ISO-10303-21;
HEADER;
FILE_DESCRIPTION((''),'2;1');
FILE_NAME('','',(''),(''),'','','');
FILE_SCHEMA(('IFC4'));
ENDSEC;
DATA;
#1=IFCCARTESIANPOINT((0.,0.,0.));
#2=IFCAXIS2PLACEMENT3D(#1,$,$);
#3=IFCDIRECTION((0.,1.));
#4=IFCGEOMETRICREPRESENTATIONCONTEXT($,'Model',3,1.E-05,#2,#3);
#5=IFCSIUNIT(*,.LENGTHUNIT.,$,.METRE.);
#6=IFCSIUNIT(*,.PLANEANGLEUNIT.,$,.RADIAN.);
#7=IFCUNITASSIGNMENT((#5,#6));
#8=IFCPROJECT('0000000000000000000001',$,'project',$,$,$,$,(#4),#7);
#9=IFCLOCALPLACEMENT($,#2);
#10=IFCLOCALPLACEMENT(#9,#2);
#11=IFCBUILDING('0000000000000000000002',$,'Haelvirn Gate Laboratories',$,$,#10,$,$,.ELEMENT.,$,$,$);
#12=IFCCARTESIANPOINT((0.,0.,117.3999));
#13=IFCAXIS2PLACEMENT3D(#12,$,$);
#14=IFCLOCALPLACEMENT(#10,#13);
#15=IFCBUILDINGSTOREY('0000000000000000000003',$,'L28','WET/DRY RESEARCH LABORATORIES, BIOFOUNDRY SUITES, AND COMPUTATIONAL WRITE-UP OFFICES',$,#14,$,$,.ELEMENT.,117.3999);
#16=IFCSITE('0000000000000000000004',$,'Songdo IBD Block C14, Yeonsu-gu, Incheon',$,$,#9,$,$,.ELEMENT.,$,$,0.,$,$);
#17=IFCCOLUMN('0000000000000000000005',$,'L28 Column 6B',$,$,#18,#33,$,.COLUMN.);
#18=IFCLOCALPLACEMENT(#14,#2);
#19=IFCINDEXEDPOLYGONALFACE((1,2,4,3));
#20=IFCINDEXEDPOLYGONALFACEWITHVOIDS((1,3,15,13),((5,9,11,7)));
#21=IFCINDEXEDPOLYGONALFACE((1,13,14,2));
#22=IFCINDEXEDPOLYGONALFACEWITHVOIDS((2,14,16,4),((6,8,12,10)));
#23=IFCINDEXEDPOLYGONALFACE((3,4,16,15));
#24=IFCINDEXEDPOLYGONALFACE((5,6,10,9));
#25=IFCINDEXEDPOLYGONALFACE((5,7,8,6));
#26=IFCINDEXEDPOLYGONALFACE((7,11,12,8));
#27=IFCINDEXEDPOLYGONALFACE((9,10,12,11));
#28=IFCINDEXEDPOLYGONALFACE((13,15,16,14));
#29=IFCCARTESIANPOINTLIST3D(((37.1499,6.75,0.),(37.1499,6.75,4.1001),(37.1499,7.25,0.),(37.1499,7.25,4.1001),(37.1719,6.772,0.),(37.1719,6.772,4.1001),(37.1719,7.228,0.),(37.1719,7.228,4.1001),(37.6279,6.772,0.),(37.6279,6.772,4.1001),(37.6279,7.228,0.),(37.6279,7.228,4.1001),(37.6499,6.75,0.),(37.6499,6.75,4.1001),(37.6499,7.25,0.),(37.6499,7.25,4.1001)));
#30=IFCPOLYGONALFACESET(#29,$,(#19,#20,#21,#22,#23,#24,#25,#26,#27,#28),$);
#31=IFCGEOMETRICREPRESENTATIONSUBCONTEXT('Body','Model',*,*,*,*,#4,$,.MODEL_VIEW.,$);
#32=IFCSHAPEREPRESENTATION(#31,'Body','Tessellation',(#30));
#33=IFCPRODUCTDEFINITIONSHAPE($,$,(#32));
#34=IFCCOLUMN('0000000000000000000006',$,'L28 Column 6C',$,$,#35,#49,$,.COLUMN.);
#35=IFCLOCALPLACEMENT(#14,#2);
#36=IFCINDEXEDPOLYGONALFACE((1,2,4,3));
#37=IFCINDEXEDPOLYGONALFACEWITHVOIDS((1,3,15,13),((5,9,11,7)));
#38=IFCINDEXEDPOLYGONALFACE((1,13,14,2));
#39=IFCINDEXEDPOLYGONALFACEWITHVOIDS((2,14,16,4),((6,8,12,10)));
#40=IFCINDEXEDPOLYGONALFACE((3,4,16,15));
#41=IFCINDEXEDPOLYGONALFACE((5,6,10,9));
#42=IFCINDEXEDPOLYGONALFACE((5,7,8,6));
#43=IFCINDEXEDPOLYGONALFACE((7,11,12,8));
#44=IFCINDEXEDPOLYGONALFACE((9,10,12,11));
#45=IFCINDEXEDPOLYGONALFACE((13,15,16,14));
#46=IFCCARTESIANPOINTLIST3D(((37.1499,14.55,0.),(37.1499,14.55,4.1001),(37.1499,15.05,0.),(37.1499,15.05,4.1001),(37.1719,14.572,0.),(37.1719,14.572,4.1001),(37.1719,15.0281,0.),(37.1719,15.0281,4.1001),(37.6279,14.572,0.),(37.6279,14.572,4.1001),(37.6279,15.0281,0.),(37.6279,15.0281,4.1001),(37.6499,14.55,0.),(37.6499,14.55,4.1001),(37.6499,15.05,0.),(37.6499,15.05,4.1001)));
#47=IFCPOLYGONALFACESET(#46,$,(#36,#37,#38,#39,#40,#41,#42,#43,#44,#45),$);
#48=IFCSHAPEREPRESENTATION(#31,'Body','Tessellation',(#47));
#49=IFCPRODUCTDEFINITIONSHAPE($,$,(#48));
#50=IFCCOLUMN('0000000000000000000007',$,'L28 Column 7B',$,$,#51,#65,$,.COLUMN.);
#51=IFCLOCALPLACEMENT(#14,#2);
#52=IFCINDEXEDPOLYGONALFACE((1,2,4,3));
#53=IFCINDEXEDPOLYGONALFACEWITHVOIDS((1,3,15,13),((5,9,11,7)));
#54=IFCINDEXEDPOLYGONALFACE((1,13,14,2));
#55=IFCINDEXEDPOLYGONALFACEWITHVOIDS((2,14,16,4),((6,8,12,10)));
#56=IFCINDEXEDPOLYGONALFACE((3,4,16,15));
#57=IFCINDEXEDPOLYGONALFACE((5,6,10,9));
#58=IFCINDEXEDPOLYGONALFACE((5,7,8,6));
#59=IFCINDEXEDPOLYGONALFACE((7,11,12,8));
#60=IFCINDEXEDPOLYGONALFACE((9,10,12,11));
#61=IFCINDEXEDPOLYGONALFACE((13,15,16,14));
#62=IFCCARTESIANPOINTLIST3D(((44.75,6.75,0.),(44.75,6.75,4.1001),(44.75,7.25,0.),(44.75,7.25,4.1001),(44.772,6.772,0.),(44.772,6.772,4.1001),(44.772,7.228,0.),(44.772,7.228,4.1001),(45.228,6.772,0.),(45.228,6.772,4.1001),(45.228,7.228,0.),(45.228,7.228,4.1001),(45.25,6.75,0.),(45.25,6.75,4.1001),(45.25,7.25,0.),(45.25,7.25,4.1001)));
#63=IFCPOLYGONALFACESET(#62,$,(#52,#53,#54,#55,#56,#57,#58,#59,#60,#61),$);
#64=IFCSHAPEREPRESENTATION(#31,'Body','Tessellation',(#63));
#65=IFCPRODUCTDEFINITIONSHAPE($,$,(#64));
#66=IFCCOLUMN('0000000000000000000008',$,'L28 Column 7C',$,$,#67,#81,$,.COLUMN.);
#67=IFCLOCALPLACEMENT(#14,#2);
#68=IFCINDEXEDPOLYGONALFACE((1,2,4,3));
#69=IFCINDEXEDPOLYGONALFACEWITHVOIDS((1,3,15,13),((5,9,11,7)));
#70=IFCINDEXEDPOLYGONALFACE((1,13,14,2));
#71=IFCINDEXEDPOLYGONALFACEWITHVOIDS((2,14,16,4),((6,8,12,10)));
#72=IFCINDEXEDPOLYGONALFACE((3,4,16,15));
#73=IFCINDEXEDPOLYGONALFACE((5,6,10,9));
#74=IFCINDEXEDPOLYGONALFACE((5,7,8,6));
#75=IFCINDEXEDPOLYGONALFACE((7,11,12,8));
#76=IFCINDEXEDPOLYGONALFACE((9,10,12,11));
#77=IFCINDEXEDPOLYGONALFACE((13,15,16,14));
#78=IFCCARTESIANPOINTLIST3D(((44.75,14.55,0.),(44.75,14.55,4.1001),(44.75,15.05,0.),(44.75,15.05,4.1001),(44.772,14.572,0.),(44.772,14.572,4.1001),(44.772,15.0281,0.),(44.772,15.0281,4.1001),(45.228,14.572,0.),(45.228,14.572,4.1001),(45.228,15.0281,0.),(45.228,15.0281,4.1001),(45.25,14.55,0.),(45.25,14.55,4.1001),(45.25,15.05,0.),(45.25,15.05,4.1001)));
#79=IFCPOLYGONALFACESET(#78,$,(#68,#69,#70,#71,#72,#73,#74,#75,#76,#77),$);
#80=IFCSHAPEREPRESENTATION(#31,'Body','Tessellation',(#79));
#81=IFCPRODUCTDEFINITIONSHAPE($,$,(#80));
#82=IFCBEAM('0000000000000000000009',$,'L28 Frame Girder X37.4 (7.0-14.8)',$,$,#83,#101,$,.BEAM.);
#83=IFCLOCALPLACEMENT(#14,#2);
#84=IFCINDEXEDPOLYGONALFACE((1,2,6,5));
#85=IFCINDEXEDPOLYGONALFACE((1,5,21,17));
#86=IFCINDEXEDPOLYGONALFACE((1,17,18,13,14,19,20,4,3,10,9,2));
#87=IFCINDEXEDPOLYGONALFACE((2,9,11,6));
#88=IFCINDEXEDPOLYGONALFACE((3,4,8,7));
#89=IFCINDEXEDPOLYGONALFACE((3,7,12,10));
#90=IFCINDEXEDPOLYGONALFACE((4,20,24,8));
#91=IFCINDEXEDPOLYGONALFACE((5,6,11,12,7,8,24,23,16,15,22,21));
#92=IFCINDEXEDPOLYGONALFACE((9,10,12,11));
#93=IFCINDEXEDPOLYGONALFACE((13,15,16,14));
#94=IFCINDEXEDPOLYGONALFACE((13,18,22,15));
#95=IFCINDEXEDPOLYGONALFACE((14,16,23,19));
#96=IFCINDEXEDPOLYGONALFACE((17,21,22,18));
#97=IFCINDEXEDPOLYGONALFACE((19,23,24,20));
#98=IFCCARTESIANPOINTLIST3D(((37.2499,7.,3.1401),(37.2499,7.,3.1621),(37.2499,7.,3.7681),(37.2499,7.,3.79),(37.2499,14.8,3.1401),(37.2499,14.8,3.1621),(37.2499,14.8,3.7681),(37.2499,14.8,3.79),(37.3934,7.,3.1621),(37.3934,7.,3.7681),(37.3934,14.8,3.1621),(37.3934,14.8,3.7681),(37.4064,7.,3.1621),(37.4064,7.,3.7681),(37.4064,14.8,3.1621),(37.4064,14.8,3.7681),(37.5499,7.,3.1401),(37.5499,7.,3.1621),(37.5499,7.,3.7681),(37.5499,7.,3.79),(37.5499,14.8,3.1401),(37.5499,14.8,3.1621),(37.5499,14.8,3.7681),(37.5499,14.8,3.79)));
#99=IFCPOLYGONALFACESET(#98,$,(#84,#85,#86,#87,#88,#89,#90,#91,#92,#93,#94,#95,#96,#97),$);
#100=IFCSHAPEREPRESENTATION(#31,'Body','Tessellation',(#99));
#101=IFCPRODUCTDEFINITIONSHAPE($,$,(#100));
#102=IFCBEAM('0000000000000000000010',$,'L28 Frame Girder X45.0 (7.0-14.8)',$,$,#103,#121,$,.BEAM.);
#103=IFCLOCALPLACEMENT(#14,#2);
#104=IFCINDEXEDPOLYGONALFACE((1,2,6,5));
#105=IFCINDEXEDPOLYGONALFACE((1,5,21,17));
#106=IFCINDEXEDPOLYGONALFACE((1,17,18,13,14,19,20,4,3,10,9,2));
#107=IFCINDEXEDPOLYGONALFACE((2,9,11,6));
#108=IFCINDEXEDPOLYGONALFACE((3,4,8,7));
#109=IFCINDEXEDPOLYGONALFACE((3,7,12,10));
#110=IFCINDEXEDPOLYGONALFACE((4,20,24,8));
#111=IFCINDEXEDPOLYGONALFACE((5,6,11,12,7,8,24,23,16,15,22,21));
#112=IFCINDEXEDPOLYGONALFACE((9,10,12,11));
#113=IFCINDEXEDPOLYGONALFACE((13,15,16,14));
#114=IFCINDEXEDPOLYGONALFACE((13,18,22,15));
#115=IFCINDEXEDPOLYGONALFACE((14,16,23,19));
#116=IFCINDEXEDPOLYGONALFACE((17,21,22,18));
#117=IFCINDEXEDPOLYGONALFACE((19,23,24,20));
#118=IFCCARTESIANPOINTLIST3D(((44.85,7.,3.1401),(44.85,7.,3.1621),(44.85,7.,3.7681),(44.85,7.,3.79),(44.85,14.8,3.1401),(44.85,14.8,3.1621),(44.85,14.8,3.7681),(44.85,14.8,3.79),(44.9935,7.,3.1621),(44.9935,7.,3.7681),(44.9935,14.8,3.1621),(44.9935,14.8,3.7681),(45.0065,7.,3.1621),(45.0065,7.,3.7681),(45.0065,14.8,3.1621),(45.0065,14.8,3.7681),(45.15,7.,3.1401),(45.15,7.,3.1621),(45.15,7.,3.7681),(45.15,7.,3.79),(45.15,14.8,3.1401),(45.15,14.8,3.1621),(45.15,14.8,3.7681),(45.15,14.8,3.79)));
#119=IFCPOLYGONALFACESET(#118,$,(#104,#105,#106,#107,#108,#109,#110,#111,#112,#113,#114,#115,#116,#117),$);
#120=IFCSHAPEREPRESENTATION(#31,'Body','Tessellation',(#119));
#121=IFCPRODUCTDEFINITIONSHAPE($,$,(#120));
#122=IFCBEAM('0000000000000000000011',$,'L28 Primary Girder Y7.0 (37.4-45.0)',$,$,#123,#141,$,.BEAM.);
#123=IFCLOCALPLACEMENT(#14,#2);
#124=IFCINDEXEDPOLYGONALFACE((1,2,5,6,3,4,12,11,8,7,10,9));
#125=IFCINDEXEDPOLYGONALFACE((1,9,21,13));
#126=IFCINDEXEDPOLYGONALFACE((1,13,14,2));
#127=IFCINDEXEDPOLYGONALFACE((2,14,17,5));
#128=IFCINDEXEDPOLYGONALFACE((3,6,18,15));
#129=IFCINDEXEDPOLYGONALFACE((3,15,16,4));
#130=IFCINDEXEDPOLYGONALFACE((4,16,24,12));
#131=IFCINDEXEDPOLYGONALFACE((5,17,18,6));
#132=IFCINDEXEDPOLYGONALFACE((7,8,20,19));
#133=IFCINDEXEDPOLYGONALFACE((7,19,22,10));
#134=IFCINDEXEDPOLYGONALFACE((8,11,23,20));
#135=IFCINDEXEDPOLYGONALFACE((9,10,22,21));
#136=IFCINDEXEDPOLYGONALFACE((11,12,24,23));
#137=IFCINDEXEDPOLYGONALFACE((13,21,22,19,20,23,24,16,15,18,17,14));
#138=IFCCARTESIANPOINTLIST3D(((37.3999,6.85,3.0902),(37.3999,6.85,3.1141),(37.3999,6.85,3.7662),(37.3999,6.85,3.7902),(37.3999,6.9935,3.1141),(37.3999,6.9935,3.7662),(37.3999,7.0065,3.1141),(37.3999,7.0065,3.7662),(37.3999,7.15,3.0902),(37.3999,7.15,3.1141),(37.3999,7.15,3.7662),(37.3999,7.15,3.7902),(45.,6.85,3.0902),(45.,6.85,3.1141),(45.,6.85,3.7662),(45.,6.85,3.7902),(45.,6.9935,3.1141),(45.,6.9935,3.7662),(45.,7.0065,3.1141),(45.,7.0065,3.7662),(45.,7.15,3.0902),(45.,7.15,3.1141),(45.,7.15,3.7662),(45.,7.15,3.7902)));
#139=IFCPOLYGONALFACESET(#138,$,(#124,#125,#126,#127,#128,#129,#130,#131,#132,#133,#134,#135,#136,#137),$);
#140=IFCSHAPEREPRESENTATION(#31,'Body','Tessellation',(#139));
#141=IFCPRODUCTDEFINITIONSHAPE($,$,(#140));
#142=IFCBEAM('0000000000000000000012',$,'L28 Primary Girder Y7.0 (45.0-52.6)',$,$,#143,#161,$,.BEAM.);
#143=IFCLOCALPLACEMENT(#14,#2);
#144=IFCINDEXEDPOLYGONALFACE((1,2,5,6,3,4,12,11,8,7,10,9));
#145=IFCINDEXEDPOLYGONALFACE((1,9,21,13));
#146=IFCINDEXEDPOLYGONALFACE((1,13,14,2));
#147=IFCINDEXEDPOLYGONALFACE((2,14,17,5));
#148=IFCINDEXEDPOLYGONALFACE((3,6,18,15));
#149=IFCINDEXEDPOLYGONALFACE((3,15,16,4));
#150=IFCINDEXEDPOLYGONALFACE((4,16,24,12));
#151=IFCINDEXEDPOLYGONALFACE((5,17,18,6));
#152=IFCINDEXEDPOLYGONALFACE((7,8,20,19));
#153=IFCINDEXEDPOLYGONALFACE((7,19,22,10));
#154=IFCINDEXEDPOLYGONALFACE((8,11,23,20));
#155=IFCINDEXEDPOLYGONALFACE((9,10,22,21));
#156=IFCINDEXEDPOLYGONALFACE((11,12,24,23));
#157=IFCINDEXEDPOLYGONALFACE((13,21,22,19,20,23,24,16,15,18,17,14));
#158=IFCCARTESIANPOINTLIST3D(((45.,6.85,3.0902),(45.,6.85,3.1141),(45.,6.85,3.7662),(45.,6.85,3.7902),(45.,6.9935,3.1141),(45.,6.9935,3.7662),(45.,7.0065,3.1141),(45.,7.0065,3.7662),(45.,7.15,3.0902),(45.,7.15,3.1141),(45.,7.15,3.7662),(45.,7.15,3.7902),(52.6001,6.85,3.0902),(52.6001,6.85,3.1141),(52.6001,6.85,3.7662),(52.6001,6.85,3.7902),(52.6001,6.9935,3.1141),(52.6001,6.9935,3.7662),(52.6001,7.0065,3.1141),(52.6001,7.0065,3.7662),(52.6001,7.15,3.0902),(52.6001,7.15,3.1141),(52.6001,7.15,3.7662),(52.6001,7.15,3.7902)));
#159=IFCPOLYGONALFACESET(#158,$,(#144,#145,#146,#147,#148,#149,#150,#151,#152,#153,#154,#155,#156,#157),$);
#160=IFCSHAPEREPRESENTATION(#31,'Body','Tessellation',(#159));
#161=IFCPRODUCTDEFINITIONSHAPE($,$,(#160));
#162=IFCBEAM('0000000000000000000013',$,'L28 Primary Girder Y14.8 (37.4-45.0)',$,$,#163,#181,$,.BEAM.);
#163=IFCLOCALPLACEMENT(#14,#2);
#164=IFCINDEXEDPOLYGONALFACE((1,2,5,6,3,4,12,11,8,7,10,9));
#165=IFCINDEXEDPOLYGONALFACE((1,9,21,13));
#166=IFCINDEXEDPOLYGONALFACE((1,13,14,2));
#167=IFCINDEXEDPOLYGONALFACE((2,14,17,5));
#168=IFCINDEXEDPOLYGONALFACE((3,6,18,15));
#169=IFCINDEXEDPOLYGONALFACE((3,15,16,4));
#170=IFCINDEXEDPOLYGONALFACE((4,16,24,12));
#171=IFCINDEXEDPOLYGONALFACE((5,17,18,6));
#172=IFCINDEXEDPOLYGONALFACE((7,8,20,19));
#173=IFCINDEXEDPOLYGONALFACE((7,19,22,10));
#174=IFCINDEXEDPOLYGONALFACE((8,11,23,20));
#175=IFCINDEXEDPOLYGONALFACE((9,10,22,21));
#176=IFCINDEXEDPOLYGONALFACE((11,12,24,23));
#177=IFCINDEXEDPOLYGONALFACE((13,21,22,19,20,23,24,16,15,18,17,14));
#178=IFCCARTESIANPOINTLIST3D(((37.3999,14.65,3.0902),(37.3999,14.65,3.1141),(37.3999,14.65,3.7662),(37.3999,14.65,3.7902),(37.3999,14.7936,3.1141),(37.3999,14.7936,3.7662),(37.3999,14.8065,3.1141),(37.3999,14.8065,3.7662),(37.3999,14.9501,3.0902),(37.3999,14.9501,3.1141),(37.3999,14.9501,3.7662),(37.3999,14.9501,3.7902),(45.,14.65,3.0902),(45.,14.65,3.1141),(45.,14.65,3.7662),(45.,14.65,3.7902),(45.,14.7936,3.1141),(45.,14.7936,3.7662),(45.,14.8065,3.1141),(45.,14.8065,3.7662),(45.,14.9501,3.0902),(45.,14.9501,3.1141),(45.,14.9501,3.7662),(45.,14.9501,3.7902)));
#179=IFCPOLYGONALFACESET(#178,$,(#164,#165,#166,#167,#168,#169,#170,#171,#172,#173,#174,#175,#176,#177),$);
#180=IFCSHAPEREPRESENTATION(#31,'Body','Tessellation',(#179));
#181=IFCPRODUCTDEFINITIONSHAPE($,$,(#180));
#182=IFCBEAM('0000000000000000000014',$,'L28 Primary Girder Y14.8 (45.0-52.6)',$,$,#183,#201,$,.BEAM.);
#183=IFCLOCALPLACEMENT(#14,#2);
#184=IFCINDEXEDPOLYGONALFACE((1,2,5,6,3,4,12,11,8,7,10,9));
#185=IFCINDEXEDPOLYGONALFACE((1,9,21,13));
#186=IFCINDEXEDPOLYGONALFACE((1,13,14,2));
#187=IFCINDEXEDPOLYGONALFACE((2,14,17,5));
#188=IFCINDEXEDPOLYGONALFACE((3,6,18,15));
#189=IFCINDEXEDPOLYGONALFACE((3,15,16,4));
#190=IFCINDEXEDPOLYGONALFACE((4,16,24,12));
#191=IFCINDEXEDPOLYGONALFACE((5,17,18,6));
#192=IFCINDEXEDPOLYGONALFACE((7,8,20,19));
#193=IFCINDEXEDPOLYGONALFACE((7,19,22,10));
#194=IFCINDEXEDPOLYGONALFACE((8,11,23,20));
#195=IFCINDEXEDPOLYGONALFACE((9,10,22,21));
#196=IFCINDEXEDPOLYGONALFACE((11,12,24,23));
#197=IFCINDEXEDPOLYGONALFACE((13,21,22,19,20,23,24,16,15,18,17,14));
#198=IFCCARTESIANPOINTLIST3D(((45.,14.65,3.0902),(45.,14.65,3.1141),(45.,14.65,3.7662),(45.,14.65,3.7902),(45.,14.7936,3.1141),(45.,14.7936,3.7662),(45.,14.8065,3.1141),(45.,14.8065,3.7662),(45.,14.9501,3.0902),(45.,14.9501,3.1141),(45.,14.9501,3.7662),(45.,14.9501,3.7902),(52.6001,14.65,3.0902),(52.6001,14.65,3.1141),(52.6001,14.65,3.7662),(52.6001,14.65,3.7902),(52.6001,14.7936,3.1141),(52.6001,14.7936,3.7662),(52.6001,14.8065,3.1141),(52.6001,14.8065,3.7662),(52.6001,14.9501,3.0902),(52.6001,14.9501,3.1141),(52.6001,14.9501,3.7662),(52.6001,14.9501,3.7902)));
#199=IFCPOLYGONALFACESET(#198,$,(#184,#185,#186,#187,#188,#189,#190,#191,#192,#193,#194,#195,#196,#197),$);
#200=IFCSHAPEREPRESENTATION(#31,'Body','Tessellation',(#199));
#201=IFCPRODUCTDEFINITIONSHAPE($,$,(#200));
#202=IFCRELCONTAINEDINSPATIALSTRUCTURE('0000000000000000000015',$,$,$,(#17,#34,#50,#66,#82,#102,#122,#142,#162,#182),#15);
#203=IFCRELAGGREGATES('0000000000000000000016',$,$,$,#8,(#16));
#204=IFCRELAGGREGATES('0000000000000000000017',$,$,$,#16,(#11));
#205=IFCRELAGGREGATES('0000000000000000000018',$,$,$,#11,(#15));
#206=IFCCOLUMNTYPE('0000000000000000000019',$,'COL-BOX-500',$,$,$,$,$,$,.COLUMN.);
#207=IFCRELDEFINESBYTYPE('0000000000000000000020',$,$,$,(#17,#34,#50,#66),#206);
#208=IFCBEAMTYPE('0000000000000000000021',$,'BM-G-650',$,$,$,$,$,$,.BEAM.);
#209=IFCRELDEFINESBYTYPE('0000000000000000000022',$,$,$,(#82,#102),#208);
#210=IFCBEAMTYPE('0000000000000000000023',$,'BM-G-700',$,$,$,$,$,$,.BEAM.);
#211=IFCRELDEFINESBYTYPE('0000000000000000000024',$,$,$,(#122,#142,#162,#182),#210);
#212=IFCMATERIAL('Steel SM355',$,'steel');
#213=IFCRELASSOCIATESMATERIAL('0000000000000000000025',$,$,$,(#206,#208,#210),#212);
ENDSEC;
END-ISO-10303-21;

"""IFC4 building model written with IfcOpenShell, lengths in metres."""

from ifc_helpers import new_model, si_unit, direction, frame, origin, origin_2d, place, context, subcontext, project, spatial, hollow_rectangle, i_section, extrude, source, transform, mapped, material, material_profile, profile_set, type_object, type_shapes, element, save


model = new_model("IFC4")

# Units and contexts
model_context = context("Model", 3, precision=1e-05, world=origin(), true_north=direction((0.0, 1.0)))
body_context = subcontext(model_context, "Body", "Model", "MODEL_VIEW")
ifc_project = project(units=[si_unit("LENGTHUNIT", "METRE"), si_unit("PLANEANGLEUNIT", "RADIAN")], contexts=[model_context])

# Site, building, storey
site_placement = place(None, origin())
site = spatial("IfcSite", under=ifc_project, at=site_placement, Name="Songdo IBD Block C14, Yeonsu-gu, Incheon", CompositionType="ELEMENT", RefElevation=0.0)
building_placement = place(site_placement, origin())
building = spatial("IfcBuilding", under=site, at=building_placement, Name="Haelvirn Gate Laboratories", CompositionType="ELEMENT")
storey_placement = place(building_placement, frame((0.0, 0.0, 117.3999)))
storey = spatial("IfcBuildingStorey", under=building, at=storey_placement, Name="L28", Description="WET/DRY RESEARCH LABORATORIES, BIOFOUNDRY SUITES, AND COMPUTATIONAL WRITE-UP OFFICES", CompositionType="ELEMENT", Elevation=117.3999)

# Columns
ifc_material_1 = material(Name="Steel SM355", Category="steel")
ifc_material_profile_1 = material_profile(ifc_material_1, hollow_rectangle(XDim=0.5, YDim=0.5, WallThickness=0.022, at=origin_2d()), Name="BOX-500x500x22")
ifc_profile_set_1 = profile_set([ifc_material_profile_1], Name="Steel SM355")
column_type = type_object("IfcColumnType", Name="COL-BOX-500", PredefinedType="COLUMN", material=ifc_profile_set_1)
shared_shape_1 = source(origin(), body_context, "Body", "SweptSolid", [
    extrude(hollow_rectangle(XDim=0.5, YDim=0.5, WallThickness=0.022, at=origin_2d()), origin(), (0.0, 0.0, 1.0), 4.1001),
])
type_shapes(column_type, [shared_shape_1])
for number, where, z_axis, x_axis, name in (
    (1, (37.3999, 7.0, 0.0), (0.0, 0.0, 1.0), (1.0, 0.0, 0.0), "L28 Column 6B"),
    (2, (37.3999, 14.8, 0.0), (0.0, 0.0, 1.0), (1.0, 0.0, 0.0), "L28 Column 6C"),
    (3, (45.0, 7.0, 0.0), (0.0, 0.0, 1.0), (1.0, 0.0, 0.0), "L28 Column 7B"),
    (4, (45.0, 14.8, 0.0), (0.0, 0.0, 1.0), (1.0, 0.0, 0.0), "L28 Column 7C"),
):
    element("IfcColumn", number, at=place(storey_placement, frame(where, z_axis=z_axis, x_axis=x_axis)), inside=storey, type_object=column_type, Name=name, PredefinedType="COLUMN", context=body_context, shape_type="MappedRepresentation", body=[
        mapped(shared_shape_1, transform((0.0, 0.0, 0.0), scale=1.0)),
    ])

# Beams
ifc_material_profile_2 = material_profile(ifc_material_1, i_section(OverallWidth=0.3, OverallDepth=0.6499, WebThickness=0.0129, FlangeThickness=0.022, at=origin_2d()), Name="H-650x300x13x22")
ifc_profile_set_2 = profile_set([ifc_material_profile_2], Name="Steel SM355")
beam_type_1 = type_object("IfcBeamType", Name="BM-G-650", PredefinedType="BEAM", material=ifc_profile_set_2)
shared_shape_2 = source(origin(), body_context, "Body", "SweptSolid", [
    extrude(i_section(OverallWidth=0.3, OverallDepth=0.6499, WebThickness=0.0129, FlangeThickness=0.022, at=origin_2d()), origin(), (0.0, 0.0, 1.0), 7.8),
])
type_shapes(beam_type_1, [shared_shape_2])
for number, where, z_axis, x_axis, name in (
    (5, (37.3999, 7.0, 3.4651), (0.0, 1.0, 0.0), (-1.0, 0.0, 0.0), "L28 Frame Girder X37.4 (7.0-14.8)"),
    (6, (45.0, 7.0, 3.4651), (0.0, 1.0, 0.0), (-1.0, 0.0, 0.0), "L28 Frame Girder X45.0 (7.0-14.8)"),
):
    element("IfcBeam", number, at=place(storey_placement, frame(where, z_axis=z_axis, x_axis=x_axis)), inside=storey, type_object=beam_type_1, Name=name, PredefinedType="BEAM", context=body_context, shape_type="MappedRepresentation", body=[
        mapped(shared_shape_2, transform((0.0, 0.0, 0.0), scale=1.0)),
    ])
ifc_material_profile_3 = material_profile(ifc_material_1, i_section(OverallWidth=0.3, OverallDepth=0.7, WebThickness=0.0129, FlangeThickness=0.0239, at=origin_2d()), Name="H-700x300x13x24")
ifc_profile_set_3 = profile_set([ifc_material_profile_3], Name="Steel SM355")
beam_type_2 = type_object("IfcBeamType", Name="BM-G-700", PredefinedType="BEAM", material=ifc_profile_set_3)
shared_shape_3 = source(origin(), body_context, "Body", "SweptSolid", [
    extrude(i_section(OverallWidth=0.3, OverallDepth=0.7, WebThickness=0.0129, FlangeThickness=0.0239, at=origin_2d()), origin(), (0.0, 0.0, 1.0), 7.6001),
])
type_shapes(beam_type_2, [shared_shape_3])
for number, where, z_axis, x_axis, name in (
    (7, (37.3999, 7.0, 3.4402), (1.0, 0.0, 0.0), (0.0, 1.0, 0.0), "L28 Primary Girder Y7.0 (37.4-45.0)"),
    (8, (45.0, 7.0, 3.4402), (1.0, 0.0, 0.0), (0.0, 1.0, 0.0), "L28 Primary Girder Y7.0 (45.0-52.6)"),
    (9, (37.3999, 14.8, 3.4402), (1.0, 0.0, 0.0), (0.0, 1.0, 0.0), "L28 Primary Girder Y14.8 (37.4-45.0)"),
    (10, (45.0, 14.8, 3.4402), (1.0, 0.0, 0.0), (0.0, 1.0, 0.0), "L28 Primary Girder Y14.8 (45.0-52.6)"),
):
    element("IfcBeam", number, at=place(storey_placement, frame(where, z_axis=z_axis, x_axis=x_axis)), inside=storey, type_object=beam_type_2, Name=name, PredefinedType="BEAM", context=body_context, shape_type="MappedRepresentation", body=[
        mapped(shared_shape_3, transform((0.0, 0.0, 0.0), scale=1.0)),
    ])

save(model, "model.ifc")
